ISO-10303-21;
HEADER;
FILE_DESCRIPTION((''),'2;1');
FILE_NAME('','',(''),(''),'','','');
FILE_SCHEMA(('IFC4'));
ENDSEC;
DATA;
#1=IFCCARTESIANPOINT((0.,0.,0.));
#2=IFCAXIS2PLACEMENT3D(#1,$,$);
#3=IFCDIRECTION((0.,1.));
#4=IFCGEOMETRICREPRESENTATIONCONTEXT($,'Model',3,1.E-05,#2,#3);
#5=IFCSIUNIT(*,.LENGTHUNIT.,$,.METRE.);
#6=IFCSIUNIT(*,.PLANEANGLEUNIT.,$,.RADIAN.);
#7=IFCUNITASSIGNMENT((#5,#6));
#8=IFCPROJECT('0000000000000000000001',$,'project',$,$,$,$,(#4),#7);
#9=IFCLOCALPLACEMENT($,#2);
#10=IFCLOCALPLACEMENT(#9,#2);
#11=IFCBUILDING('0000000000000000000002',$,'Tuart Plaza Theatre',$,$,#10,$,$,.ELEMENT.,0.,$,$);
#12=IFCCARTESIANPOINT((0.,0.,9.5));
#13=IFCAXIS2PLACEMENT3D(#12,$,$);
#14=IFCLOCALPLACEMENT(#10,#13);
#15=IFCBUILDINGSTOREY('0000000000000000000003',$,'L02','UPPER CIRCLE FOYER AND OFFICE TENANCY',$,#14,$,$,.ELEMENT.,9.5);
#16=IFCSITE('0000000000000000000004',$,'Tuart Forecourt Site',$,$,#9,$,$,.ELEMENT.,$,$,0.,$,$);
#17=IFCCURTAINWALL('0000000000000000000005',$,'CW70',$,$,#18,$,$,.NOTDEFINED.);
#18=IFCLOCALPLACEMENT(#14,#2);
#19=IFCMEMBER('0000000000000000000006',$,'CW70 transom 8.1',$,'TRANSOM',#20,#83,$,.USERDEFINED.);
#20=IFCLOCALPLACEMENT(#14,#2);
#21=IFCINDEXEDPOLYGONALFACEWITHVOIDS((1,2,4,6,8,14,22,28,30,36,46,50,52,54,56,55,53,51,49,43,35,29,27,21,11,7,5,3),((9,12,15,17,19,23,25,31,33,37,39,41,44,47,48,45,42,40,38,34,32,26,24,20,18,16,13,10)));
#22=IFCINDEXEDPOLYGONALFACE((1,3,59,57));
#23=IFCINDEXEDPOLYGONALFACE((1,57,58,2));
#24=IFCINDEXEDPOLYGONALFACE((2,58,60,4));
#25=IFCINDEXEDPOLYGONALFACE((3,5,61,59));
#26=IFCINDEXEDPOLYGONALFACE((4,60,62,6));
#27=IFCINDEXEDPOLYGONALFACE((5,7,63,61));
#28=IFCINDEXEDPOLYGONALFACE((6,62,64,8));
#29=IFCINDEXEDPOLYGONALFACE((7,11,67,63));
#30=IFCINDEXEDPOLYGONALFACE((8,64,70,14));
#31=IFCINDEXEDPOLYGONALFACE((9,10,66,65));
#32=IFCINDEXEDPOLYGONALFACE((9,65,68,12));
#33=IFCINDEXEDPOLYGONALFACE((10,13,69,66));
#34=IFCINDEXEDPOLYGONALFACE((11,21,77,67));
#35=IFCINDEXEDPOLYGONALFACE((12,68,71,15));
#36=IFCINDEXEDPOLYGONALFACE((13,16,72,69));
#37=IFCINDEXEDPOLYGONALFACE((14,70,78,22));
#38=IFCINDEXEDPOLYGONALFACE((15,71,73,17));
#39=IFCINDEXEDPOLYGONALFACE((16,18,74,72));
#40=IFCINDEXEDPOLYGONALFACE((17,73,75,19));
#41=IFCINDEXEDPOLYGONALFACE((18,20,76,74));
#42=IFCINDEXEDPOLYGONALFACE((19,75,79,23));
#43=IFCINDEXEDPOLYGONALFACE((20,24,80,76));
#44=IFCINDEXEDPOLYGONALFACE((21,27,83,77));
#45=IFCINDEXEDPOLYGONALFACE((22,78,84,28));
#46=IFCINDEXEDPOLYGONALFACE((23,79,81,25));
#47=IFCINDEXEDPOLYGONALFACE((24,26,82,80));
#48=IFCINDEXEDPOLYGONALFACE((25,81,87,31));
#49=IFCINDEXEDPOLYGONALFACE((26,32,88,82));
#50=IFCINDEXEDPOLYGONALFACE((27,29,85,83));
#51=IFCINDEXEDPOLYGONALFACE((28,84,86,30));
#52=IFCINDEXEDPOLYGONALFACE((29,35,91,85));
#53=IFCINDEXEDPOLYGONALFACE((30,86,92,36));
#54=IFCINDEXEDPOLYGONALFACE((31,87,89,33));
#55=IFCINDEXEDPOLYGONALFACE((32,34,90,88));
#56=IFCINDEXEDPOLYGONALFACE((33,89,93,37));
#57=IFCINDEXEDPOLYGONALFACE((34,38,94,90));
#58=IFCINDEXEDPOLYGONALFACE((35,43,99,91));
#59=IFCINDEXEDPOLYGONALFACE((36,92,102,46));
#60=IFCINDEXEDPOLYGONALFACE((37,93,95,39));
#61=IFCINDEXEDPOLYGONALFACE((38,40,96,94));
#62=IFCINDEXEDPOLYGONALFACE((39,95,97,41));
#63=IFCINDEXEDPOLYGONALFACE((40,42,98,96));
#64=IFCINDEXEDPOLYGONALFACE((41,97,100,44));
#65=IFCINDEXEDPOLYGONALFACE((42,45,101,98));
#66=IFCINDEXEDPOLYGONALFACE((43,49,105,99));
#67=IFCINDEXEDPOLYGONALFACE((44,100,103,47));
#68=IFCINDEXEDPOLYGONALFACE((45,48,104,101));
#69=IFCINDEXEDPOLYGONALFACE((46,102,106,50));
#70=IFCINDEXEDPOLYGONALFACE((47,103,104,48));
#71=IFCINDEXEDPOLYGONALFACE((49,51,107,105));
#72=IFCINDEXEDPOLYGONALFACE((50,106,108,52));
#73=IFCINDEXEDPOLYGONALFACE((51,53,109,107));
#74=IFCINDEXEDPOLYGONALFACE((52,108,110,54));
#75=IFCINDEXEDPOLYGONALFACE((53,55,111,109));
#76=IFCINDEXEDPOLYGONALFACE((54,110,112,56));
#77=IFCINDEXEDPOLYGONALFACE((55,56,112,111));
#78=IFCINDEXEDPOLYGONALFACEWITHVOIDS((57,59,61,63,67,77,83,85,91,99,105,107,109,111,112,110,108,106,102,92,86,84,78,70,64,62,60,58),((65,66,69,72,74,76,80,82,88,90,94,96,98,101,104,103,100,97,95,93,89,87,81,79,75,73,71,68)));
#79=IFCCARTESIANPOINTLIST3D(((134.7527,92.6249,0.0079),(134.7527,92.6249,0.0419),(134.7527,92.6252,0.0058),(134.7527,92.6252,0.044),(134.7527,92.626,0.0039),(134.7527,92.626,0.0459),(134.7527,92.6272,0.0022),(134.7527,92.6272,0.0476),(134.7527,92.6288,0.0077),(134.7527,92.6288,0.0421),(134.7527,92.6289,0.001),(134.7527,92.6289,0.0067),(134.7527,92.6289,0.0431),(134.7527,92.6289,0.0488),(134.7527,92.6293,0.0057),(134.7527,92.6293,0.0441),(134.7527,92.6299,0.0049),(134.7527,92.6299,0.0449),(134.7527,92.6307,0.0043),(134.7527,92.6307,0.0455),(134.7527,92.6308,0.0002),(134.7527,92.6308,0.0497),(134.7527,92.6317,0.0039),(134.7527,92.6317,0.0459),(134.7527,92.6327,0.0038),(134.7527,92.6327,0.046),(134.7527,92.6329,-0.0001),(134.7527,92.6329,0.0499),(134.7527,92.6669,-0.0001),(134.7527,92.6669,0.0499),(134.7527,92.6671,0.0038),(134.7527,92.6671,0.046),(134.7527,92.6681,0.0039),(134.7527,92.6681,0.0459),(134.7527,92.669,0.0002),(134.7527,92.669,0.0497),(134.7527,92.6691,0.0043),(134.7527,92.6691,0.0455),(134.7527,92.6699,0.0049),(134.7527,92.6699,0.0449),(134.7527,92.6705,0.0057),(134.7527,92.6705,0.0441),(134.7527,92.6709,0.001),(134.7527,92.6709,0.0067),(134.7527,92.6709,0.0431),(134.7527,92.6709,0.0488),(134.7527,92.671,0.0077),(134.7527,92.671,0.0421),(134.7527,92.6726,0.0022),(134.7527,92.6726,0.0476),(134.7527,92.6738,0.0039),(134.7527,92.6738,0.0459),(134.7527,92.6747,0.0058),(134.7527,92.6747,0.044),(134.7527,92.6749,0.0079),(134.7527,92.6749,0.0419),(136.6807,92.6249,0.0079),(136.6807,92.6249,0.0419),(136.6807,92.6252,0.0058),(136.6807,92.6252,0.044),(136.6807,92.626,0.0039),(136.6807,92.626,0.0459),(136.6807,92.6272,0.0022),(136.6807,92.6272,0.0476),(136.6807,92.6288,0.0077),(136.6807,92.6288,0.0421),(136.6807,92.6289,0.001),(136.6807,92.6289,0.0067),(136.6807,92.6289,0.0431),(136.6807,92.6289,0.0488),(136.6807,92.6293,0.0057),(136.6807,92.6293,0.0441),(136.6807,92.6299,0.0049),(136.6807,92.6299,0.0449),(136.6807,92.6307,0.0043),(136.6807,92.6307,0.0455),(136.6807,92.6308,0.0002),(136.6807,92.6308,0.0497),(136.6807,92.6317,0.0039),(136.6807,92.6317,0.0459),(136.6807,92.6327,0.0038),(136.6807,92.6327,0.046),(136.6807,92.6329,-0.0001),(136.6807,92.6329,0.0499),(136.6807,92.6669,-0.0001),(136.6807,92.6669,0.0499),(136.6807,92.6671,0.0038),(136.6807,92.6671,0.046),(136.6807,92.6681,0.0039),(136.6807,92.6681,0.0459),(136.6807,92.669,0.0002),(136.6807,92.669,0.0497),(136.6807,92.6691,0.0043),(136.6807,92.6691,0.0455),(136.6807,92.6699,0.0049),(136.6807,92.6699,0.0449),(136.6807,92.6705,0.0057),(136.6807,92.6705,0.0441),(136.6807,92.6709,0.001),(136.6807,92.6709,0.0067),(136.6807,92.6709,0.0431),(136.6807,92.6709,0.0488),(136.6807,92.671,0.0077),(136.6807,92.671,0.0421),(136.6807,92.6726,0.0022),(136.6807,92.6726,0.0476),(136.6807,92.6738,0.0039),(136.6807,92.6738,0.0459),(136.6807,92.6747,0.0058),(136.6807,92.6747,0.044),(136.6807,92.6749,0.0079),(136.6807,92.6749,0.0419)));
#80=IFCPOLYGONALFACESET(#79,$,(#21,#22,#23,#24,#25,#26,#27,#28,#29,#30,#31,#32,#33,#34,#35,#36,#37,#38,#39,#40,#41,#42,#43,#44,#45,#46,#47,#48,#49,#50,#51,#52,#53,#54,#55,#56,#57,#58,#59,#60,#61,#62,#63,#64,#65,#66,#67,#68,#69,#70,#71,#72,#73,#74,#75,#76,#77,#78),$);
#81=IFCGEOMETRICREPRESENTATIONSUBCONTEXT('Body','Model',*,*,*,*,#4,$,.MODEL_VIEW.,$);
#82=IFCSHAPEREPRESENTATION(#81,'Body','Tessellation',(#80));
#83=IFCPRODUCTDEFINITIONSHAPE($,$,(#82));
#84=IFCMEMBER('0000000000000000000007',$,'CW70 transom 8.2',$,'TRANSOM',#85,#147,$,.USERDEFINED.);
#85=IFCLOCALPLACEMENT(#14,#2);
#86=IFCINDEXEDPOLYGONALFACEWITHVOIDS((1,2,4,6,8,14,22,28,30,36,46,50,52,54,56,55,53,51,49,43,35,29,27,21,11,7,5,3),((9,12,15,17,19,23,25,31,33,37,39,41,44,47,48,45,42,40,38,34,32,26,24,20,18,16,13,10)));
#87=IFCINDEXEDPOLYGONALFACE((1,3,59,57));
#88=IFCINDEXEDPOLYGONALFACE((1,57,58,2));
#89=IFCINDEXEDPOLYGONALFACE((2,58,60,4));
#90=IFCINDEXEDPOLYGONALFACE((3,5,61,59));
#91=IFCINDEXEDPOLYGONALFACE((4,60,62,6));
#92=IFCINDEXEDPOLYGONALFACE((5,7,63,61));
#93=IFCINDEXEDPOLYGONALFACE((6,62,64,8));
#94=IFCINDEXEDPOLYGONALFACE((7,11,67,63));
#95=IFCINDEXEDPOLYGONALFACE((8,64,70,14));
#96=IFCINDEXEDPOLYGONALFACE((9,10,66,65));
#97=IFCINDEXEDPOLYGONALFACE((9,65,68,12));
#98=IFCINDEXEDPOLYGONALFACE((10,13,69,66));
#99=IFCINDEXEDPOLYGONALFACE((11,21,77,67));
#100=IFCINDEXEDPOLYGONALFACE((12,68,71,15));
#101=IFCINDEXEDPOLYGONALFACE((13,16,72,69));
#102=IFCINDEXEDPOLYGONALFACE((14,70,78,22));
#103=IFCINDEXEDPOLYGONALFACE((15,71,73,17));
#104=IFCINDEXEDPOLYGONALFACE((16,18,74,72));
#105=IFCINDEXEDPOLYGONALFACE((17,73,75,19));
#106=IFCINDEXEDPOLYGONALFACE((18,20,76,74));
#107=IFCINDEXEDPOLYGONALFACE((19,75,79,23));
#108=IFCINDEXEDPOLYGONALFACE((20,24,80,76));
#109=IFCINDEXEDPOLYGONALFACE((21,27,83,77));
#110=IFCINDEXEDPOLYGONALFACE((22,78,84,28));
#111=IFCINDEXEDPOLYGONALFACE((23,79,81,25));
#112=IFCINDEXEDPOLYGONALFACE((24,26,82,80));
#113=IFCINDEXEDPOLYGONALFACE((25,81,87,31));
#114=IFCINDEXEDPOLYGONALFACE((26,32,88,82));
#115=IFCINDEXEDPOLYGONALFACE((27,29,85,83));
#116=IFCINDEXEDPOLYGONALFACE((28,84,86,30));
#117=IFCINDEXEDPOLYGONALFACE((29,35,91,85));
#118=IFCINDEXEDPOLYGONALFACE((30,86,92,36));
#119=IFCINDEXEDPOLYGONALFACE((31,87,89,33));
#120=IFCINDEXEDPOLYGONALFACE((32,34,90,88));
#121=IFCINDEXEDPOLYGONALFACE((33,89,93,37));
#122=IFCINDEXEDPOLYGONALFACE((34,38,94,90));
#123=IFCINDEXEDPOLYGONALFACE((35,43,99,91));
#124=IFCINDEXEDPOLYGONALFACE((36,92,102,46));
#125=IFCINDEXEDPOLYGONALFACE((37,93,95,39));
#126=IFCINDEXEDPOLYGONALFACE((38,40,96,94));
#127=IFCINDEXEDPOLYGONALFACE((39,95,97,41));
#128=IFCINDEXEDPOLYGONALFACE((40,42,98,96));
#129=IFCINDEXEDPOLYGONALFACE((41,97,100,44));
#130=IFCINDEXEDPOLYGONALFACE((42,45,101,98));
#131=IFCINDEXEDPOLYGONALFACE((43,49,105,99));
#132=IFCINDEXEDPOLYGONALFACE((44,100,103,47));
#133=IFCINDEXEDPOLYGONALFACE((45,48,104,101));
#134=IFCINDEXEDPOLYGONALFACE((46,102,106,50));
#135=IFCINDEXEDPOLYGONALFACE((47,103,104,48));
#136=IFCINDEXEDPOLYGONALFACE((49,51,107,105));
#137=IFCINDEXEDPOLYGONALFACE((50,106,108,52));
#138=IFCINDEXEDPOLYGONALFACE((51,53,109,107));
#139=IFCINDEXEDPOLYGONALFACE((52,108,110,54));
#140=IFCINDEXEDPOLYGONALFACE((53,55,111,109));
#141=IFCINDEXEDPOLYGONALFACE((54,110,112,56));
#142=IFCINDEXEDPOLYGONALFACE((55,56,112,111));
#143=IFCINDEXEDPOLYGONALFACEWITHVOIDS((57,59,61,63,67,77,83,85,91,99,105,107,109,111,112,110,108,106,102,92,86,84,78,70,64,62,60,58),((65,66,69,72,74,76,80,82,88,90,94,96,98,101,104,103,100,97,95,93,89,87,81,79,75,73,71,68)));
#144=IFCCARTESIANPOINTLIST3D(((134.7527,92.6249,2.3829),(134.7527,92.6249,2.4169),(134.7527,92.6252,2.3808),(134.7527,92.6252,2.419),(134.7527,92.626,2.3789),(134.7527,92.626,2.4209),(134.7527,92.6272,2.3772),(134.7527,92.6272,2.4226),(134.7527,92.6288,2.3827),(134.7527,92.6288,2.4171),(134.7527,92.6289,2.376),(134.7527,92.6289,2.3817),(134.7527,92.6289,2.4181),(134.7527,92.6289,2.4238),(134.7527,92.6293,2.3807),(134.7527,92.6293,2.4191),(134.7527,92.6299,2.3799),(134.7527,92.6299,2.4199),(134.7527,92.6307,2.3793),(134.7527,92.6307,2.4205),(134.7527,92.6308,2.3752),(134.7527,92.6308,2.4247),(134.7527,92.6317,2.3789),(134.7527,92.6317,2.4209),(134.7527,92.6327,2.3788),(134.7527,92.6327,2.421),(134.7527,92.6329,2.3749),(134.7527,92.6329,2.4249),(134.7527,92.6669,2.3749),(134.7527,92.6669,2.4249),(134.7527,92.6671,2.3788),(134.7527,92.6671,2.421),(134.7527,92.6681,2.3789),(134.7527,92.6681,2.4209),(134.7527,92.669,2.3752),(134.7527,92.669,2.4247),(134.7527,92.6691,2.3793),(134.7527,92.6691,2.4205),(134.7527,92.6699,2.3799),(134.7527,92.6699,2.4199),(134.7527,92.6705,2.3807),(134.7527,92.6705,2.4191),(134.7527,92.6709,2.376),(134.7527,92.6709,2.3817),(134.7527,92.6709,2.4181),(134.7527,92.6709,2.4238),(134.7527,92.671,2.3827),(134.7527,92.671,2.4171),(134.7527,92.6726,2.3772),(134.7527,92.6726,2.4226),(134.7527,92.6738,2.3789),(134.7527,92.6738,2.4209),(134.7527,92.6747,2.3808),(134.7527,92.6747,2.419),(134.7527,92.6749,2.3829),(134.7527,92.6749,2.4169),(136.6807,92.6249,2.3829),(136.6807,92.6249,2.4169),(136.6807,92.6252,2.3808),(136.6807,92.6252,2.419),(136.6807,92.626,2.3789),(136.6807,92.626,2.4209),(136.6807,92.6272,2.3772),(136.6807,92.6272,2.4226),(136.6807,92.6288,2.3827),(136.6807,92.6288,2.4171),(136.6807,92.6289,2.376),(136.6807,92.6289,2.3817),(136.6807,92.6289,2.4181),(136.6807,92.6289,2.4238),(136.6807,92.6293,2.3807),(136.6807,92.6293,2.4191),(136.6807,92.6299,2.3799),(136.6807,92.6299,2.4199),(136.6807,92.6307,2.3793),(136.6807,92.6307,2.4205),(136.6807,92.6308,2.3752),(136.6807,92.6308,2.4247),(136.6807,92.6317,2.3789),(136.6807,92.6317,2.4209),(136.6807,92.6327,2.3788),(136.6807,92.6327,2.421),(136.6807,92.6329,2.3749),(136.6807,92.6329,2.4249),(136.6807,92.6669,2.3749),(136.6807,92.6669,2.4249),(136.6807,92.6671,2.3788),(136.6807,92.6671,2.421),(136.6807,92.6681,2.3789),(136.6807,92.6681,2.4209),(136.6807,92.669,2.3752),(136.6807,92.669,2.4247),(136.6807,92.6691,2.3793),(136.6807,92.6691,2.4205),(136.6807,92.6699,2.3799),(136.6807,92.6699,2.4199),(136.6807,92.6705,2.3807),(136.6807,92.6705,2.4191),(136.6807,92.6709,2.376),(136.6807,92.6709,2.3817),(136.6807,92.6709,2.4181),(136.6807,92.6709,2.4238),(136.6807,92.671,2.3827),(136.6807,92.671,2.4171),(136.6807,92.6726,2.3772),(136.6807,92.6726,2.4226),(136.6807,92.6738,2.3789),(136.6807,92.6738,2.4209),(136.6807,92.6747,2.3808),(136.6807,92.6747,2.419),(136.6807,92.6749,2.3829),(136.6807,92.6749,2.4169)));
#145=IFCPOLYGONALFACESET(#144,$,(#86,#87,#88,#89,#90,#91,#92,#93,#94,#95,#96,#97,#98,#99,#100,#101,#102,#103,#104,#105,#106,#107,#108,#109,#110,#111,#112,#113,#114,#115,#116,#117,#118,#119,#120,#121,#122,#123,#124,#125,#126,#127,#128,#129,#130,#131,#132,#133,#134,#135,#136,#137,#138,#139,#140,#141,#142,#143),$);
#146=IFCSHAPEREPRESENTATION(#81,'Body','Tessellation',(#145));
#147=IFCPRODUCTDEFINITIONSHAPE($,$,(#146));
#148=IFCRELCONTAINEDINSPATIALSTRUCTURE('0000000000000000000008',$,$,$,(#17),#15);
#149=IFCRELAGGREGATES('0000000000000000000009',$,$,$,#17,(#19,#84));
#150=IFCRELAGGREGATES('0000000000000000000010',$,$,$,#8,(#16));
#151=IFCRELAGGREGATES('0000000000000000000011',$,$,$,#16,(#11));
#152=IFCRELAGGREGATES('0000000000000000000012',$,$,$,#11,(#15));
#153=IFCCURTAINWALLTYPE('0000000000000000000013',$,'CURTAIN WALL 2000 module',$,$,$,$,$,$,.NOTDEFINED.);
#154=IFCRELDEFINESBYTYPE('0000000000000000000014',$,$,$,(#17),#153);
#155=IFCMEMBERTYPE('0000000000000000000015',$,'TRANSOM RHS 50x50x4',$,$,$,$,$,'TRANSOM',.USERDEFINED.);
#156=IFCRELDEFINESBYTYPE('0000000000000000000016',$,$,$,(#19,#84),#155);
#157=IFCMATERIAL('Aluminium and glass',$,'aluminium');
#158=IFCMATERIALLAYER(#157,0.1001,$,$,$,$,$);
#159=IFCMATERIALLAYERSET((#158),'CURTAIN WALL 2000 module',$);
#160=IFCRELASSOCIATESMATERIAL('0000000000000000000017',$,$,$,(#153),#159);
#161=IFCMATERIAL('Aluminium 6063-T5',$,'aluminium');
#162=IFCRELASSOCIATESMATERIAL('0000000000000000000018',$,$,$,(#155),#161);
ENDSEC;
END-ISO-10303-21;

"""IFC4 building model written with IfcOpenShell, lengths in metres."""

from ifc_helpers import new_model, si_unit, direction, frame, origin, origin_2d, place, context, subcontext, project, spatial, hollow_rectangle, extrude, material, layer, layer_set, material_profile, profile_set, type_object, element, aggregate, save


model = new_model("IFC4")

# Units and contexts
model_context = context("Model", 3, precision=1e-05, world=origin(), true_north=direction((0.0, 1.0)))
body_context = subcontext(model_context, "Body", "Model", "MODEL_VIEW")
ifc_project = project(units=[si_unit("LENGTHUNIT", "METRE"), si_unit("PLANEANGLEUNIT", "RADIAN")], contexts=[model_context])

# Site, building, storey
site_placement = place(None, origin())
site = spatial("IfcSite", under=ifc_project, at=site_placement, Name="Tuart Forecourt Site", CompositionType="ELEMENT", RefElevation=0.0)
building_placement = place(site_placement, origin())
building = spatial("IfcBuilding", under=site, at=building_placement, Name="Tuart Plaza Theatre", CompositionType="ELEMENT", ElevationOfRefHeight=0.0)
storey_placement = place(building_placement, frame((0.0, 0.0, 9.5)))
storey = spatial("IfcBuildingStorey", under=building, at=storey_placement, Name="L02", Description="UPPER CIRCLE FOYER AND OFFICE TENANCY", CompositionType="ELEMENT", Elevation=9.5)

# Curtain wall
ifc_material_1 = material(Name="Aluminium and glass", Category="aluminium")
ifc_layer_1 = layer(ifc_material_1, 0.1001)
ifc_layer_set_1 = layer_set([ifc_layer_1], Name="CURTAIN WALL 2000 module")
curtain_wall_type = type_object("IfcCurtainWallType", Name="CURTAIN WALL 2000 module", PredefinedType="NOTDEFINED", material=ifc_layer_set_1)
curtain_wall_1_placement = place(storey_placement, origin())
curtain_wall_1 = element("IfcCurtainWall", 1, at=curtain_wall_1_placement, inside=storey, type_object=curtain_wall_type, Name="CW70", PredefinedType="NOTDEFINED")

# Members
ifc_material_2 = material(Name="Aluminium 6063-T5", Category="aluminium")
ifc_material_profile_1 = material_profile(ifc_material_2, hollow_rectangle(XDim=0.05, YDim=0.05, WallThickness=0.0039, InnerFilletRadius=0.0039, OuterFilletRadius=0.0081, at=origin_2d()), Name="RHS 50x50x4")
ifc_profile_set_1 = profile_set([ifc_material_profile_1], Name="Aluminium 6063-T5")
member_type_1 = type_object("IfcMemberType", Name="TRANSOM RHS 50x50x4", ElementType="TRANSOM", PredefinedType="USERDEFINED", material=ifc_profile_set_1)
member_1_placement = place(storey_placement, frame((136.6807, 92.6499, 0.0249), z_axis=(-1.0, 0.0, 0.0), x_axis=(0.0, -1.0, 0.0)))
member_1 = element("IfcMember", 2, at=member_1_placement, type_object=member_type_1, Name="CW70 transom 8.1", ObjectType="TRANSOM", PredefinedType="USERDEFINED", context=body_context, shape_type="SweptSolid", body=[
    extrude(hollow_rectangle(XDim=0.05, YDim=0.05, WallThickness=0.0039, InnerFilletRadius=0.0039, OuterFilletRadius=0.0081, at=origin_2d()), origin(), (0.0, 0.0, 1.0), 1.928),
])
member_2_placement = place(storey_placement, frame((136.6807, 92.6499, 2.3999), z_axis=(-1.0, 0.0, 0.0), x_axis=(0.0, -1.0, 0.0)))
member_2 = element("IfcMember", 3, at=member_2_placement, type_object=member_type_1, Name="CW70 transom 8.2", ObjectType="TRANSOM", PredefinedType="USERDEFINED", context=body_context, shape_type="SweptSolid", body=[
    extrude(hollow_rectangle(XDim=0.05, YDim=0.05, WallThickness=0.0039, InnerFilletRadius=0.0039, OuterFilletRadius=0.0081, at=origin_2d()), origin(), (0.0, 0.0, 1.0), 1.928),
])

aggregate(curtain_wall_1, [member_1, member_2])

save(model, "model.ifc")
